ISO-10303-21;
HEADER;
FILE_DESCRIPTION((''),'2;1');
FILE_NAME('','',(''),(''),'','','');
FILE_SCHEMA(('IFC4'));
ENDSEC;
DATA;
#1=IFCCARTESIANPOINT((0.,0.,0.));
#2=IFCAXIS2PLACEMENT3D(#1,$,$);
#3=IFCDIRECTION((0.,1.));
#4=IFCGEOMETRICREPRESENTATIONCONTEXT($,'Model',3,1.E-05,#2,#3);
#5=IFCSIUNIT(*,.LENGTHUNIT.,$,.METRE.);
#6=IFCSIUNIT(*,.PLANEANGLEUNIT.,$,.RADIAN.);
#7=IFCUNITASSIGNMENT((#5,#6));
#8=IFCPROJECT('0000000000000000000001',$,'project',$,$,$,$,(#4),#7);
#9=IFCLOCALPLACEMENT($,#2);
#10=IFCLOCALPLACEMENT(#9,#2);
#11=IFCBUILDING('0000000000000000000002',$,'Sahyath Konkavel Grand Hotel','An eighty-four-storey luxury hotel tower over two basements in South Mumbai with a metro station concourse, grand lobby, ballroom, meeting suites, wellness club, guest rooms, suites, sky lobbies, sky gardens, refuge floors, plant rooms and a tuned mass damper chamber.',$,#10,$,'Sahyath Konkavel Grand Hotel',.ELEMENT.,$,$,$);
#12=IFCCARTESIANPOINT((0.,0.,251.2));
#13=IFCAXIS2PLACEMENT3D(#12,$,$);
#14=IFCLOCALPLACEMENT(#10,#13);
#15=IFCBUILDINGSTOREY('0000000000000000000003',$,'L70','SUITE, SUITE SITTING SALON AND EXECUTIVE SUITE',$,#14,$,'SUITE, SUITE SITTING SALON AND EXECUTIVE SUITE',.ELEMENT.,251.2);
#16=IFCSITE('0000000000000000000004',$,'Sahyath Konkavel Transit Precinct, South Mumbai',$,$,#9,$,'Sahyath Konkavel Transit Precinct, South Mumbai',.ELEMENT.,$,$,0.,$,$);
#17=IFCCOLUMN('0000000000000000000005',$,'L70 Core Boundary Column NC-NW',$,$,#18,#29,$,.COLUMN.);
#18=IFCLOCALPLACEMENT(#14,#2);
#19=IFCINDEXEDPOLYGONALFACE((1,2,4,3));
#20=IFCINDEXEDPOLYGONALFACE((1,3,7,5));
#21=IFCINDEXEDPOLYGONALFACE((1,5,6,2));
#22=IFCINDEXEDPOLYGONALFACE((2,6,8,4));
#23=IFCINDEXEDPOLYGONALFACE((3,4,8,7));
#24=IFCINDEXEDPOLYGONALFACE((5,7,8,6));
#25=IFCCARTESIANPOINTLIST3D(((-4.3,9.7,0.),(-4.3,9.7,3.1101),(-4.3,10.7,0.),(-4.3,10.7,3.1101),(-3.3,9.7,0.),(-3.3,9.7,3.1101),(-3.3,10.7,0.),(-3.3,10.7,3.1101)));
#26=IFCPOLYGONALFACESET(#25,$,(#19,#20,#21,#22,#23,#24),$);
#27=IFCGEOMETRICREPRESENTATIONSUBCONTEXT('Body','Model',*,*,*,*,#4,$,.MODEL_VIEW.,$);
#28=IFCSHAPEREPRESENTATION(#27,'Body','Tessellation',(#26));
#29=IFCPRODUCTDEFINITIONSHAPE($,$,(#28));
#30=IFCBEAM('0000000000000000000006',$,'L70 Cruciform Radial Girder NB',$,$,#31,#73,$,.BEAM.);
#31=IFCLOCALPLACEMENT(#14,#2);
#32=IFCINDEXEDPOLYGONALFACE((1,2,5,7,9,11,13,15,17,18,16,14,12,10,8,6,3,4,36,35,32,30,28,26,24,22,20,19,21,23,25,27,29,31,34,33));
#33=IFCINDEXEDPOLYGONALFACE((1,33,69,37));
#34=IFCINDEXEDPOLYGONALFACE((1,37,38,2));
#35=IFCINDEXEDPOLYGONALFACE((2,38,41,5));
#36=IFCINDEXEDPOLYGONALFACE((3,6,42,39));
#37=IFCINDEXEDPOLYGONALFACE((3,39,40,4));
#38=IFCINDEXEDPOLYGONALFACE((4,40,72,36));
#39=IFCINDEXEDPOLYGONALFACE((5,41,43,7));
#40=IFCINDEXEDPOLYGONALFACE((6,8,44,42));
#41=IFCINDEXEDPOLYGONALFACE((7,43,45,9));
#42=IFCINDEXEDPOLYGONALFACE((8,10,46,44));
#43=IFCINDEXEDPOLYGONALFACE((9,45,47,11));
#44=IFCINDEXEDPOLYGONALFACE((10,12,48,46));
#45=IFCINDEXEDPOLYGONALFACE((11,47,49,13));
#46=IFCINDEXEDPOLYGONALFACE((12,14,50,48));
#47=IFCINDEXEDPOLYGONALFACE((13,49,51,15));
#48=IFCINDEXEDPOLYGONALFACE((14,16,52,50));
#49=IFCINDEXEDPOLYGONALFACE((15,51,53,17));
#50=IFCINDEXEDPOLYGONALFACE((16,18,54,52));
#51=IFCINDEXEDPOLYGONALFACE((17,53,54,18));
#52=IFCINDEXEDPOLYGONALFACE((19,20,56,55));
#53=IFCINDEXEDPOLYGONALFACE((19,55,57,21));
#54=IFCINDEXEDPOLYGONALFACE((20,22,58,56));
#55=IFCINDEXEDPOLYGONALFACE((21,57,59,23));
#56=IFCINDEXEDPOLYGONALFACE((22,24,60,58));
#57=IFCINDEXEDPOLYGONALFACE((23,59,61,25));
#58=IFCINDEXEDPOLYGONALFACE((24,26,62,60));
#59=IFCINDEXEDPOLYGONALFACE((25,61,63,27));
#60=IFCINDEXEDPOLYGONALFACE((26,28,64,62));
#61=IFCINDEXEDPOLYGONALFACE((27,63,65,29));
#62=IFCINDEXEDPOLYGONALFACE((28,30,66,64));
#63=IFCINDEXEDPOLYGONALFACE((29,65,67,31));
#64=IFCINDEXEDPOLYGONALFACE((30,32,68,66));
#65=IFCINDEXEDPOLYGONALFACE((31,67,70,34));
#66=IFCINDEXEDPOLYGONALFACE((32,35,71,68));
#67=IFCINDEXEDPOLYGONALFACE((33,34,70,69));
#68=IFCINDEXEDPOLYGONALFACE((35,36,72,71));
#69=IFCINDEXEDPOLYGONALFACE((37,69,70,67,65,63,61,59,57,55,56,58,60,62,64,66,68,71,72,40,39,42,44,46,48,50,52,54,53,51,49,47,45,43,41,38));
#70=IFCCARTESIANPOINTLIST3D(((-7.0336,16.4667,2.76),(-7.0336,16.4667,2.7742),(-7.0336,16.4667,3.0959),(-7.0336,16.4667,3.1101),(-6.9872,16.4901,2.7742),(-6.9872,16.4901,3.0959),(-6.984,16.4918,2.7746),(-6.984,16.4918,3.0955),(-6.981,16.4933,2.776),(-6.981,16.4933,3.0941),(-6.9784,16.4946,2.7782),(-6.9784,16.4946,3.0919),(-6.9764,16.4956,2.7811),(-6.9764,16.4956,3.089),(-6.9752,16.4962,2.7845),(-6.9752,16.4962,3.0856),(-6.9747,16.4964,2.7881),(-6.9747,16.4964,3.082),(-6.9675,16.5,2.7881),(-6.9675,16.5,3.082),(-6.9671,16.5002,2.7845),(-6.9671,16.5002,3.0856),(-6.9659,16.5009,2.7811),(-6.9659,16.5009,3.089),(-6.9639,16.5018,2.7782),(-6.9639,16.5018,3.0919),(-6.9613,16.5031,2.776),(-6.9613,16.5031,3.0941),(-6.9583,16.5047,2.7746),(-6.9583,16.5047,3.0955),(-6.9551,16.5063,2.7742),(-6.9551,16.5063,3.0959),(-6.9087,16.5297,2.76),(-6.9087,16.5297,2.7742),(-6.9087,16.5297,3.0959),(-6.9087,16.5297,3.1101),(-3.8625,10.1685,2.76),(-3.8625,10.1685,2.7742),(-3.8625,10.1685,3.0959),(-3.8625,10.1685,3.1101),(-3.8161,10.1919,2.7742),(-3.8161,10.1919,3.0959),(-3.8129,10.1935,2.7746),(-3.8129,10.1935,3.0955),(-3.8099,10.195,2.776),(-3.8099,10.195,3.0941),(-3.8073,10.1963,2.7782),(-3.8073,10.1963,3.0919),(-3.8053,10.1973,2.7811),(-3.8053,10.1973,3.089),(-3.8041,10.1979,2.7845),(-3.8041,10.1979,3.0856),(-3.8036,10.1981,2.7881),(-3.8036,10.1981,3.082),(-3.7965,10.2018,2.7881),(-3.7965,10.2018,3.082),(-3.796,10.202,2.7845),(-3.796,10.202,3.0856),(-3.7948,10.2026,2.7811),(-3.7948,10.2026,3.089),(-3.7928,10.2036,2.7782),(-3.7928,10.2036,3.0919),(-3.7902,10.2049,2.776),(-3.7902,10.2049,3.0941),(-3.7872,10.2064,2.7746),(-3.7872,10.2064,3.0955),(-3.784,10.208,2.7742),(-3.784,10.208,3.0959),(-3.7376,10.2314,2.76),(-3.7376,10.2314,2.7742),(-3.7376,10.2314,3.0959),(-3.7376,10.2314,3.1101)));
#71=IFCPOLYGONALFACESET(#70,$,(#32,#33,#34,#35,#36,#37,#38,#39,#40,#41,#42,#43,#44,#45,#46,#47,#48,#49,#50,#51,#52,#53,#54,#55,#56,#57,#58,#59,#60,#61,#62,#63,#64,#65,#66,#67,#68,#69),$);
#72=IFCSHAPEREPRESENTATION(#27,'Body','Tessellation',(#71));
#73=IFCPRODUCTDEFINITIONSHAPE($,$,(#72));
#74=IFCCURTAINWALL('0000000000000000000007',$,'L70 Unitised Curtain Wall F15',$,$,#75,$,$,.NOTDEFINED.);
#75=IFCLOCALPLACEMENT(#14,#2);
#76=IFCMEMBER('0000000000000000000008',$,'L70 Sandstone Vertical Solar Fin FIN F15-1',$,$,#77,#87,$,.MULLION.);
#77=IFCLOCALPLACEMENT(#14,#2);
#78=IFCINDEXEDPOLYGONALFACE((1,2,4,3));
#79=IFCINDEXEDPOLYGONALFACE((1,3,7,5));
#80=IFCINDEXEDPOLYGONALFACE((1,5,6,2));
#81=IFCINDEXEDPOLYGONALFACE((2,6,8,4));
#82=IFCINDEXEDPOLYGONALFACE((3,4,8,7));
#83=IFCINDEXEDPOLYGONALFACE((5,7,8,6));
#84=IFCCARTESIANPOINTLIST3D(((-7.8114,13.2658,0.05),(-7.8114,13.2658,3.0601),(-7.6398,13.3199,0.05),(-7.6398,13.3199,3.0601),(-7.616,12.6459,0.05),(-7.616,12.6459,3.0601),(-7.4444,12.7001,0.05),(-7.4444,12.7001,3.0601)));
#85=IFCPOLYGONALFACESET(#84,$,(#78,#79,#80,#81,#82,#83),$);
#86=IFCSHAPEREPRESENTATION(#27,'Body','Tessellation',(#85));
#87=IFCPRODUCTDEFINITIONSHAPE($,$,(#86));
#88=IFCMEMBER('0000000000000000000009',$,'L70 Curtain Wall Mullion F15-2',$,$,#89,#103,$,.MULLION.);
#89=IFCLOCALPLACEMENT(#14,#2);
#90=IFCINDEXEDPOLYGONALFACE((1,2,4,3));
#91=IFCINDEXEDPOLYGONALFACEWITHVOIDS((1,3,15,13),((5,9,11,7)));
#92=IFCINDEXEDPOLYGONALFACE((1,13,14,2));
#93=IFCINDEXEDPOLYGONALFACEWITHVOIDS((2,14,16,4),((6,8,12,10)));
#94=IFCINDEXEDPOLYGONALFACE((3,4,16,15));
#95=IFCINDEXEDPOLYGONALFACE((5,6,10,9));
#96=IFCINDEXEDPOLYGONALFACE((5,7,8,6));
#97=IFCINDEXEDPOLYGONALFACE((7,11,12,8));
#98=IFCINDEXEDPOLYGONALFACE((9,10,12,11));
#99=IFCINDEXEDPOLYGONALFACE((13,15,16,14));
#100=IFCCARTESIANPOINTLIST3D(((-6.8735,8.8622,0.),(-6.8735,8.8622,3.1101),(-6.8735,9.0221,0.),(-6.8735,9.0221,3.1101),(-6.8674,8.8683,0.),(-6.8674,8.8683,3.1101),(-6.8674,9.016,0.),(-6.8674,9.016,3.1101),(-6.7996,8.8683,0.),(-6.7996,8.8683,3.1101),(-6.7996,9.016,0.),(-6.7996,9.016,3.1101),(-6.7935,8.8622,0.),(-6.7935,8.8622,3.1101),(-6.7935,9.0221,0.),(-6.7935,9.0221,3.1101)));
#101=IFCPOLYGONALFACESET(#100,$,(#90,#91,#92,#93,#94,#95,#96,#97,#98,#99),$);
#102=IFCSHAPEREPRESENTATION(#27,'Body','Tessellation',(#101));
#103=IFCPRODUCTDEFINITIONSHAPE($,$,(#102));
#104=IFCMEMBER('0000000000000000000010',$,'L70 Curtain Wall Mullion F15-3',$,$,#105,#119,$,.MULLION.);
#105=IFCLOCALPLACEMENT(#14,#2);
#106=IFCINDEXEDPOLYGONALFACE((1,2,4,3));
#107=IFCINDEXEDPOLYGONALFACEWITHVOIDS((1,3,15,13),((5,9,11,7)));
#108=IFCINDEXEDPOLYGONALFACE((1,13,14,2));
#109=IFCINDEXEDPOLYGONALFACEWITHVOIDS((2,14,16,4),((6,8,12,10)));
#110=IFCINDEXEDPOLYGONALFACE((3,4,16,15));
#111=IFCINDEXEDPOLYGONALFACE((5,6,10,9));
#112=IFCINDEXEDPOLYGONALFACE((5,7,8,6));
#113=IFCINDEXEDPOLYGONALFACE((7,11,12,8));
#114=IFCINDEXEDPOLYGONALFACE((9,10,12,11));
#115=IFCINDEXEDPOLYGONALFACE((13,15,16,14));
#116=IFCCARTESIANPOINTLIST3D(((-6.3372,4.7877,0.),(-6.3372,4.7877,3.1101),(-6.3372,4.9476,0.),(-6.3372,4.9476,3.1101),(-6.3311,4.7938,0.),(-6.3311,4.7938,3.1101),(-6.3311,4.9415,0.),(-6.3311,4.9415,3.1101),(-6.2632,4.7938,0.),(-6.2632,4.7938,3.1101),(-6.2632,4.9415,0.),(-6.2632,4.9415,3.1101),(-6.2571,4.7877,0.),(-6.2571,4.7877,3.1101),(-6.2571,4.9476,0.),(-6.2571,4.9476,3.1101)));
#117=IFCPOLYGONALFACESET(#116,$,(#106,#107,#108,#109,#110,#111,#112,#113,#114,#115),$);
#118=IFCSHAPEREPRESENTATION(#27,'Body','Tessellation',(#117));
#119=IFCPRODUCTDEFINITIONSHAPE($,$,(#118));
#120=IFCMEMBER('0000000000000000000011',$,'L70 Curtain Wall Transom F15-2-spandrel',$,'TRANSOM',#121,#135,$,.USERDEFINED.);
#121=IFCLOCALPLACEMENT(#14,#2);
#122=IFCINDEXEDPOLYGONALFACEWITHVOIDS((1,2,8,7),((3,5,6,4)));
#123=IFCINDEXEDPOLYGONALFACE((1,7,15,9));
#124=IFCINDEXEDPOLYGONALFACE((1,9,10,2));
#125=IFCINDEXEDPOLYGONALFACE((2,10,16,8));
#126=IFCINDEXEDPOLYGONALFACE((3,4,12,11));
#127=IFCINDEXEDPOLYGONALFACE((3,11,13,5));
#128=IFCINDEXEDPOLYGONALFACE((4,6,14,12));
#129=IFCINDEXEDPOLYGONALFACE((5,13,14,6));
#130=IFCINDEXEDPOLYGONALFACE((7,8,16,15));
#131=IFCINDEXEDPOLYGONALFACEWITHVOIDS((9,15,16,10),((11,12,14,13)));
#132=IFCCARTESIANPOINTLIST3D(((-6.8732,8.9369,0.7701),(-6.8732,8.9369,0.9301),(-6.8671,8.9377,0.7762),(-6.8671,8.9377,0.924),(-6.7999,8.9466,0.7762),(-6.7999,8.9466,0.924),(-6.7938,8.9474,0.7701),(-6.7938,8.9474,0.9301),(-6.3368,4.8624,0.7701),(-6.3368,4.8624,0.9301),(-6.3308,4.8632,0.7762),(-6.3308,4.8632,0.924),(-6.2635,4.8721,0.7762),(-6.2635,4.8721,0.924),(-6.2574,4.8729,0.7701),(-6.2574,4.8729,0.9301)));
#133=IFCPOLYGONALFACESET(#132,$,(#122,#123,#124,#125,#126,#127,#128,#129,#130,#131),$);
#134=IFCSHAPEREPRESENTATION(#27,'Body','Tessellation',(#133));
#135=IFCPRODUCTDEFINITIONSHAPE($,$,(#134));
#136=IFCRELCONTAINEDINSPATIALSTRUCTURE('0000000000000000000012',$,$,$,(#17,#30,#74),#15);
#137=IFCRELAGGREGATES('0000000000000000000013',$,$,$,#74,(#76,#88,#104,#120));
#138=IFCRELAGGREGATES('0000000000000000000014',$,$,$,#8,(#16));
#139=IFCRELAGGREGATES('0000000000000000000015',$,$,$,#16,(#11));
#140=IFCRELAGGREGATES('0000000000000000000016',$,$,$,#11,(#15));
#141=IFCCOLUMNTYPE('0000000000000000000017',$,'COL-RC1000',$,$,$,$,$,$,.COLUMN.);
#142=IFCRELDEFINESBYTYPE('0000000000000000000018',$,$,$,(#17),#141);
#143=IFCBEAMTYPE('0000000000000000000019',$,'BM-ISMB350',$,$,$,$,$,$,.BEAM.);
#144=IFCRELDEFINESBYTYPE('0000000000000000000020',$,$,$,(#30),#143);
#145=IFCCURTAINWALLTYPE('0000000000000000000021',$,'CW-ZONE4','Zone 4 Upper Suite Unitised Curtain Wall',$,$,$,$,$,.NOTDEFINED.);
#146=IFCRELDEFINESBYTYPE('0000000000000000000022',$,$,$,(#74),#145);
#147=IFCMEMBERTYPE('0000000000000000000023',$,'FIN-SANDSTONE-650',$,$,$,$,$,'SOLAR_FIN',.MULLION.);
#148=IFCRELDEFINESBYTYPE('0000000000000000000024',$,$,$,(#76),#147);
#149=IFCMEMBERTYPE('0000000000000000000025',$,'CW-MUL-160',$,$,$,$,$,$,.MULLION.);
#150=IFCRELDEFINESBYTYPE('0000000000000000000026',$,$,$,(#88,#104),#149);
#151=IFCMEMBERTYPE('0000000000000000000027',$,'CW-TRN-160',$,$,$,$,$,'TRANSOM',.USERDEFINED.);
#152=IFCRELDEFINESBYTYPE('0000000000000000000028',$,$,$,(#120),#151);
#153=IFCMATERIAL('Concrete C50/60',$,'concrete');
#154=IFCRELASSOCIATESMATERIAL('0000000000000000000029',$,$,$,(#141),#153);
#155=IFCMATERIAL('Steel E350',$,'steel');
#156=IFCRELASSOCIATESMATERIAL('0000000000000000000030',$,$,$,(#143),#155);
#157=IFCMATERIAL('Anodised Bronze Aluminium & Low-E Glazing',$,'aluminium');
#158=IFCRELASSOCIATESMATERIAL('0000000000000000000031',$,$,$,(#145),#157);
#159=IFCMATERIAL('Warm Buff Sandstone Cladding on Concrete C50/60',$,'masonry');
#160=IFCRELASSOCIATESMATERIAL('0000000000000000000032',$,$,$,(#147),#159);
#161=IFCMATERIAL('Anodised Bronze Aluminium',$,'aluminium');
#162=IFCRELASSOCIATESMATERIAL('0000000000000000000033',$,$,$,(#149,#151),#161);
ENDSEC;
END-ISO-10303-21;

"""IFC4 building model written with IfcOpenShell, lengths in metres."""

from ifc_helpers import new_model, si_unit, direction, frame, origin, origin_2d, place, context, subcontext, project, spatial, rectangle, hollow_rectangle, i_section, extrude, source, transform, mapped, material, material_profile, profile_set, type_object, element, aggregate, save


model = new_model("IFC4")

# Units and contexts
model_context = context("Model", 3, precision=1e-05, world=origin(), true_north=direction((0.0, 1.0)))
body_context = subcontext(model_context, "Body", "Model", "MODEL_VIEW")
ifc_project = project(units=[si_unit("LENGTHUNIT", "METRE"), si_unit("PLANEANGLEUNIT", "RADIAN")], contexts=[model_context])

# Site, building, storey
site_placement = place(None, origin())
site = spatial("IfcSite", under=ifc_project, at=site_placement, Name="Sahyath Konkavel Transit Precinct, South Mumbai", LongName="Sahyath Konkavel Transit Precinct, South Mumbai", CompositionType="ELEMENT", RefElevation=0.0)
building_placement = place(site_placement, origin())
building = spatial("IfcBuilding", under=site, at=building_placement, Name="Sahyath Konkavel Grand Hotel", Description="An eighty-four-storey luxury hotel tower over two basements in South Mumbai with a metro station concourse, grand lobby, ballroom, meeting suites, wellness club, guest rooms, suites, sky lobbies, sky gardens, refuge floors, plant rooms and a tuned mass damper chamber.", LongName="Sahyath Konkavel Grand Hotel", CompositionType="ELEMENT")
storey_placement = place(building_placement, frame((0.0, 0.0, 251.2)))
storey = spatial("IfcBuildingStorey", under=building, at=storey_placement, Name="L70", Description="SUITE, SUITE SITTING SALON AND EXECUTIVE SUITE", LongName="SUITE, SUITE SITTING SALON AND EXECUTIVE SUITE", CompositionType="ELEMENT", Elevation=251.2)

# Column
ifc_material_1 = material(Name="Concrete C50/60", Category="concrete")
ifc_material_profile_1 = material_profile(ifc_material_1, rectangle(XDim=1.0, YDim=1.0, at=origin_2d()), Name="RC 1000x1000")
ifc_profile_set_1 = profile_set([ifc_material_profile_1], Name="Concrete C50/60")
column_type = type_object("IfcColumnType", Name="COL-RC1000", PredefinedType="COLUMN", material=ifc_profile_set_1)
shared_shape_1 = source(origin(), body_context, "Body", "SweptSolid", [
    extrude(rectangle(XDim=1.0, YDim=1.0, at=origin_2d()), origin(), (0.0, 0.0, 1.0), 3.1101),
])
column_placement = place(storey_placement, frame((-3.8, 10.2, 0.0), z_axis=(0.0, 0.0, 1.0), x_axis=(1.0, 0.0, 0.0)))
element("IfcColumn", 1, at=column_placement, inside=storey, type_object=column_type, Name="L70 Core Boundary Column NC-NW", PredefinedType="COLUMN", context=body_context, shape_type="MappedRepresentation", body=[
    mapped(shared_shape_1, transform((0.0, 0.0, 0.0), scale=1.0)),
])

# Beam
ifc_material_2 = material(Name="Steel E350", Category="steel")
ifc_material_profile_2 = material_profile(ifc_material_2, i_section(OverallWidth=0.1399, OverallDepth=0.3501, WebThickness=0.0081, FlangeThickness=0.0142, FilletRadius=0.0139, at=origin_2d()), Name="ISMB 350")
ifc_profile_set_2 = profile_set([ifc_material_profile_2], Name="Steel E350")
beam_type_1 = type_object("IfcBeamType", Name="BM-ISMB350", PredefinedType="BEAM", material=ifc_profile_set_2)
shared_shape_2 = source(origin(), body_context, "Body", "SweptSolid", [
    extrude(i_section(OverallWidth=0.1399, OverallDepth=0.3501, WebThickness=0.0081, FlangeThickness=0.0142, FilletRadius=0.0139, at=origin_2d()), origin(), (0.0, 0.0, 1.0), 7.0515),
])
beam_1_placement = place(storey_placement, frame((-3.8, 10.2, 2.9351), z_axis=(-0.449705, 0.893177, 0.0), x_axis=(-0.893177, -0.449705, 0.0)))
element("IfcBeam", 2, at=beam_1_placement, inside=storey, type_object=beam_type_1, Name="L70 Cruciform Radial Girder NB", PredefinedType="BEAM", context=body_context, shape_type="MappedRepresentation", body=[
    mapped(shared_shape_2, transform((0.0, 0.0, 0.0), scale=1.0)),
])

# Curtain wall, members
ifc_material_3 = material(Name="Anodised Bronze Aluminium & Low-E Glazing", Category="aluminium")
curtain_wall_type = type_object("IfcCurtainWallType", Name="CW-ZONE4", Description="Zone 4 Upper Suite Unitised Curtain Wall", PredefinedType="NOTDEFINED", material=ifc_material_3)
curtain_wall_placement = place(storey_placement, origin())
curtain_wall = element("IfcCurtainWall", 3, at=curtain_wall_placement, inside=storey, type_object=curtain_wall_type, Name="L70 Unitised Curtain Wall F15", PredefinedType="NOTDEFINED")
ifc_material_4 = material(Name="Warm Buff Sandstone Cladding on Concrete C50/60", Category="masonry")
ifc_material_profile_3 = material_profile(ifc_material_4, rectangle(XDim=0.1799, YDim=0.6499, at=origin_2d()), Name="FIN 180x650")
ifc_profile_set_3 = profile_set([ifc_material_profile_3], Name="Warm Buff Sandstone Cladding on Concrete C50/60")
member_type_1 = type_object("IfcMemberType", Name="FIN-SANDSTONE-650", ElementType="SOLAR_FIN", PredefinedType="MULLION", material=ifc_profile_set_3)
shared_shape_3 = source(origin(), body_context, "Body", "SweptSolid", [
    extrude(rectangle(XDim=0.1799, YDim=0.6499, at=origin_2d()), origin(), (0.0, 0.0, 1.0), 3.01),
])
member_1_placement = place(storey_placement, frame((-7.6279, 12.9829, 0.05), z_axis=(0.0, 0.0, 1.0), x_axis=(0.953717, 0.300706, 0.0)))
member_1 = element("IfcMember", 4, at=member_1_placement, type_object=member_type_1, Name="L70 Sandstone Vertical Solar Fin FIN F15-1", PredefinedType="MULLION", context=body_context, shape_type="MappedRepresentation", body=[
    mapped(shared_shape_3, transform((0.0, 0.0, 0.0), scale=1.0)),
])
ifc_material_5 = material(Name="Anodised Bronze Aluminium", Category="aluminium")
ifc_material_profile_4 = material_profile(ifc_material_5, hollow_rectangle(XDim=0.0801, YDim=0.1599, WallThickness=0.0061, at=origin_2d()), Name="RHS 160x80x6")
ifc_profile_set_4 = profile_set([ifc_material_profile_4], Name="Anodised Bronze Aluminium")
member_type_2 = type_object("IfcMemberType", Name="CW-MUL-160", PredefinedType="MULLION", material=ifc_profile_set_4)
shared_shape_4 = source(origin(), body_context, "Body", "SweptSolid", [
    extrude(hollow_rectangle(XDim=0.0801, YDim=0.1599, WallThickness=0.0061, at=origin_2d()), origin(), (0.0, 0.0, 1.0), 3.1101),
])
member_2_placement = place(storey_placement, frame((-6.8335, 8.9421, 0.0), z_axis=(0.0, 0.0, 1.0), x_axis=(1.0, 0.0, 0.0)))
member_2 = element("IfcMember", 5, at=member_2_placement, type_object=member_type_2, Name="L70 Curtain Wall Mullion F15-2", PredefinedType="MULLION", context=body_context, shape_type="MappedRepresentation", body=[
    mapped(shared_shape_4, transform((0.0, 0.0, 0.0), scale=1.0)),
])
member_3_placement = place(storey_placement, frame((-6.2971, 4.8677, 0.0), z_axis=(0.0, 0.0, 1.0), x_axis=(1.0, 0.0, 0.0)))
member_3 = element("IfcMember", 6, at=member_3_placement, type_object=member_type_2, Name="L70 Curtain Wall Mullion F15-3", PredefinedType="MULLION", context=body_context, shape_type="MappedRepresentation", body=[
    mapped(shared_shape_4, transform((0.0, 0.0, 0.0), scale=1.0)),
])
ifc_material_profile_5 = material_profile(ifc_material_5, hollow_rectangle(XDim=0.0801, YDim=0.1599, WallThickness=0.0061, at=origin_2d()), Name="RHS 160x80x6")
ifc_profile_set_5 = profile_set([ifc_material_profile_5], Name="Anodised Bronze Aluminium")
member_type_3 = type_object("IfcMemberType", Name="CW-TRN-160", ElementType="TRANSOM", PredefinedType="USERDEFINED", material=ifc_profile_set_5)
shared_shape_5 = source(origin(), body_context, "Body", "SweptSolid", [
    extrude(hollow_rectangle(XDim=0.0801, YDim=0.1599, WallThickness=0.0061, at=origin_2d()), origin(), (0.0, 0.0, 1.0), 4.1096),
])
member_4_placement = place(storey_placement, frame((-6.8335, 8.9421, 0.8501), z_axis=(0.130518, -0.991446, 0.0), x_axis=(0.991446, 0.130518, 0.0)))
member_4 = element("IfcMember", 7, at=member_4_placement, type_object=member_type_3, Name="L70 Curtain Wall Transom F15-2-spandrel", ObjectType="TRANSOM", PredefinedType="USERDEFINED", context=body_context, shape_type="MappedRepresentation", body=[
    mapped(shared_shape_5, transform((0.0, 0.0, 0.0), scale=1.0)),
])

aggregate(curtain_wall, [member_1, member_2, member_3, member_4])

save(model, "model.ifc")
